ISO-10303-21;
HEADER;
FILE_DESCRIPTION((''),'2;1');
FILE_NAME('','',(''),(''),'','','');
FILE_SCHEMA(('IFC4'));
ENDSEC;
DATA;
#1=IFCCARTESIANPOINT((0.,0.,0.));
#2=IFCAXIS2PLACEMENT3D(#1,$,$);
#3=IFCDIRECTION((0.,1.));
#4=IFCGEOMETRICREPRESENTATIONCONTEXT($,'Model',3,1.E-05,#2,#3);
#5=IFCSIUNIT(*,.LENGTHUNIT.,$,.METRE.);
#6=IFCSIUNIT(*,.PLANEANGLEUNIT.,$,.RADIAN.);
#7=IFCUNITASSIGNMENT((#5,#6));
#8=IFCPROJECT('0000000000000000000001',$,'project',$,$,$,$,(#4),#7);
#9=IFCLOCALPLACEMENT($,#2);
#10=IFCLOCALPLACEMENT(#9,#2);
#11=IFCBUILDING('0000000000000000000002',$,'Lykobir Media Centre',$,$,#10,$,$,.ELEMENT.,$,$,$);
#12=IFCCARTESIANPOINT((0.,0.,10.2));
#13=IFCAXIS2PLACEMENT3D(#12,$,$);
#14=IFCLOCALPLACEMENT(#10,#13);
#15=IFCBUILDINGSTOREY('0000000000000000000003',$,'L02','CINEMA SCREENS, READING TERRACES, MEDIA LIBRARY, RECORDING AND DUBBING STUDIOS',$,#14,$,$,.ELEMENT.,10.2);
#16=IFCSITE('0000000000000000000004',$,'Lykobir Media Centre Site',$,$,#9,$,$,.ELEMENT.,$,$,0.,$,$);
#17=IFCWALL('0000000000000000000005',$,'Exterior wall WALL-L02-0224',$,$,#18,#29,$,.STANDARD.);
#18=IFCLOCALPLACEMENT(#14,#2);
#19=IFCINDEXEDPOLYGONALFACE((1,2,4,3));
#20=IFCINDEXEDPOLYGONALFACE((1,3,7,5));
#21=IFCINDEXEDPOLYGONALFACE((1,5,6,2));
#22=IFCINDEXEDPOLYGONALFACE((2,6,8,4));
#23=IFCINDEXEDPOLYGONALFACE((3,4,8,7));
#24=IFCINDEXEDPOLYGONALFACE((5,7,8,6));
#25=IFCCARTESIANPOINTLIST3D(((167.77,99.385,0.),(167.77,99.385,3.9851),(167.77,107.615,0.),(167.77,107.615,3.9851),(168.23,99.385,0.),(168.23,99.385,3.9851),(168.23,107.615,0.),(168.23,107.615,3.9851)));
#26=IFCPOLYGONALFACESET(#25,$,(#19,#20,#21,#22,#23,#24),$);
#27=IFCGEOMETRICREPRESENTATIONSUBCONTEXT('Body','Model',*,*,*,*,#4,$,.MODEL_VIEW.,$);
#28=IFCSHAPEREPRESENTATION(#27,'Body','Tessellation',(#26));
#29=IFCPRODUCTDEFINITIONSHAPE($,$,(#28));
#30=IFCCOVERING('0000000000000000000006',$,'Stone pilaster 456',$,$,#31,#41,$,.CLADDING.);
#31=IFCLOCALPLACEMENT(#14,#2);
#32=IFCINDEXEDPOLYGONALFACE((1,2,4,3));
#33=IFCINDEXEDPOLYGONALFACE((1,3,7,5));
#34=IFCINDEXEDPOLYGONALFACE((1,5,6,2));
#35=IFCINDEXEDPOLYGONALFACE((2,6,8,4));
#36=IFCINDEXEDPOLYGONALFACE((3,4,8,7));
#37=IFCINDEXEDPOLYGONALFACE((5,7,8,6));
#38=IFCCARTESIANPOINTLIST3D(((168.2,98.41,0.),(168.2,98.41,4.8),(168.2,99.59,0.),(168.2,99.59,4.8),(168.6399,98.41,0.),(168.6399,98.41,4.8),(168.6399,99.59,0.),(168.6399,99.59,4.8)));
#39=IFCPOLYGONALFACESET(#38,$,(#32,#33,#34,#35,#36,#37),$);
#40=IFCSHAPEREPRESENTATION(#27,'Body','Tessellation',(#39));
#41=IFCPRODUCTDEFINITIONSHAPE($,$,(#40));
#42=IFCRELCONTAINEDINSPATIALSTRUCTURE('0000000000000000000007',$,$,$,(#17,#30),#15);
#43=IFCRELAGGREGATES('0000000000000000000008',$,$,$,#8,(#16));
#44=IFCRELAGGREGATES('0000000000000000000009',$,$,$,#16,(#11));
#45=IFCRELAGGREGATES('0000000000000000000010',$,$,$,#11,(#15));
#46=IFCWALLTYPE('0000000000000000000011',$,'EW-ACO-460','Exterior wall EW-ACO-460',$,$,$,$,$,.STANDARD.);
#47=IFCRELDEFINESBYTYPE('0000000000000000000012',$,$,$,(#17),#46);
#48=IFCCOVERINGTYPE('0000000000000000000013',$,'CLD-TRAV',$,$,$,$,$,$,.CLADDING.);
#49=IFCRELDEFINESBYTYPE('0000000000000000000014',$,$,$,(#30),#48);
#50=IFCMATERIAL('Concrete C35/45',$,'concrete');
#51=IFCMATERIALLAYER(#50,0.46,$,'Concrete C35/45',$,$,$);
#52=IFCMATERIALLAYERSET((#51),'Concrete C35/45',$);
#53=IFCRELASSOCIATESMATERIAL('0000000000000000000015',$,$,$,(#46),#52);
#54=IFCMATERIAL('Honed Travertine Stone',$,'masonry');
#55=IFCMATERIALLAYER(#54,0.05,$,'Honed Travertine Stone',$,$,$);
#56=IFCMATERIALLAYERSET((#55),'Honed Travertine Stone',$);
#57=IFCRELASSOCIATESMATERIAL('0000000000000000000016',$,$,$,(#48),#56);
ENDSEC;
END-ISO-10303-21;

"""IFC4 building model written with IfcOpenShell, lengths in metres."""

from ifc_helpers import new_model, si_unit, direction, frame, frame_2d, origin, origin_2d, place, context, subcontext, project, spatial, rectangle, extrude, material, layer, layer_set, type_object, element, save


model = new_model("IFC4")

# Units and contexts
model_context = context("Model", 3, precision=1e-05, world=origin(), true_north=direction((0.0, 1.0)))
body_context = subcontext(model_context, "Body", "Model", "MODEL_VIEW")
ifc_project = project(units=[si_unit("LENGTHUNIT", "METRE"), si_unit("PLANEANGLEUNIT", "RADIAN")], contexts=[model_context])

# Site, building, storey
site_placement = place(None, origin())
site = spatial("IfcSite", under=ifc_project, at=site_placement, Name="Lykobir Media Centre Site", CompositionType="ELEMENT", RefElevation=0.0)
building_placement = place(site_placement, origin())
building = spatial("IfcBuilding", under=site, at=building_placement, Name="Lykobir Media Centre", CompositionType="ELEMENT")
storey_placement = place(building_placement, frame((0.0, 0.0, 10.2)))
storey = spatial("IfcBuildingStorey", under=building, at=storey_placement, Name="L02", Description="CINEMA SCREENS, READING TERRACES, MEDIA LIBRARY, RECORDING AND DUBBING STUDIOS", CompositionType="ELEMENT", Elevation=10.2)

# Wall
ifc_material_1 = material(Name="Concrete C35/45", Category="concrete")
ifc_layer_1 = layer(ifc_material_1, 0.46, Name="Concrete C35/45")
ifc_layer_set_1 = layer_set([ifc_layer_1], Name="Concrete C35/45")
wall_type = type_object("IfcWallType", Name="EW-ACO-460", Description="Exterior wall EW-ACO-460", PredefinedType="STANDARD", material=ifc_layer_set_1)
wall_placement = place(storey_placement, frame((168.0, 99.385, 0.0), z_axis=(0.0, 0.0, 1.0), x_axis=(0.0, 1.0, 0.0)))
element("IfcWall", 1, at=wall_placement, inside=storey, type_object=wall_type, Name="Exterior wall WALL-L02-0224", PredefinedType="STANDARD", context=body_context, shape_type="SweptSolid", body=[
    extrude(rectangle(XDim=8.23, YDim=0.46, at=frame_2d((4.115, 0.0))), origin(), (0.0, 0.0, 1.0), 3.9851),
])

# Covering
ifc_material_2 = material(Name="Honed Travertine Stone", Category="masonry")
ifc_layer_2 = layer(ifc_material_2, 0.05, Name="Honed Travertine Stone")
ifc_layer_set_2 = layer_set([ifc_layer_2], Name="Honed Travertine Stone")
covering_type = type_object("IfcCoveringType", Name="CLD-TRAV", PredefinedType="CLADDING", material=ifc_layer_set_2)
covering_placement = place(storey_placement, frame((168.4199, 99.0, 0.0), z_axis=(0.0, 0.0, 1.0), x_axis=(0.0, 1.0, 0.0)))
element("IfcCovering", 2, at=covering_placement, inside=storey, type_object=covering_type, Name="Stone pilaster 456", PredefinedType="CLADDING", context=body_context, shape_type="SweptSolid", body=[
    extrude(rectangle(XDim=1.1799, YDim=0.4399, at=origin_2d()), origin(), (0.0, 0.0, 1.0), 4.8),
])

save(model, "model.ifc")
